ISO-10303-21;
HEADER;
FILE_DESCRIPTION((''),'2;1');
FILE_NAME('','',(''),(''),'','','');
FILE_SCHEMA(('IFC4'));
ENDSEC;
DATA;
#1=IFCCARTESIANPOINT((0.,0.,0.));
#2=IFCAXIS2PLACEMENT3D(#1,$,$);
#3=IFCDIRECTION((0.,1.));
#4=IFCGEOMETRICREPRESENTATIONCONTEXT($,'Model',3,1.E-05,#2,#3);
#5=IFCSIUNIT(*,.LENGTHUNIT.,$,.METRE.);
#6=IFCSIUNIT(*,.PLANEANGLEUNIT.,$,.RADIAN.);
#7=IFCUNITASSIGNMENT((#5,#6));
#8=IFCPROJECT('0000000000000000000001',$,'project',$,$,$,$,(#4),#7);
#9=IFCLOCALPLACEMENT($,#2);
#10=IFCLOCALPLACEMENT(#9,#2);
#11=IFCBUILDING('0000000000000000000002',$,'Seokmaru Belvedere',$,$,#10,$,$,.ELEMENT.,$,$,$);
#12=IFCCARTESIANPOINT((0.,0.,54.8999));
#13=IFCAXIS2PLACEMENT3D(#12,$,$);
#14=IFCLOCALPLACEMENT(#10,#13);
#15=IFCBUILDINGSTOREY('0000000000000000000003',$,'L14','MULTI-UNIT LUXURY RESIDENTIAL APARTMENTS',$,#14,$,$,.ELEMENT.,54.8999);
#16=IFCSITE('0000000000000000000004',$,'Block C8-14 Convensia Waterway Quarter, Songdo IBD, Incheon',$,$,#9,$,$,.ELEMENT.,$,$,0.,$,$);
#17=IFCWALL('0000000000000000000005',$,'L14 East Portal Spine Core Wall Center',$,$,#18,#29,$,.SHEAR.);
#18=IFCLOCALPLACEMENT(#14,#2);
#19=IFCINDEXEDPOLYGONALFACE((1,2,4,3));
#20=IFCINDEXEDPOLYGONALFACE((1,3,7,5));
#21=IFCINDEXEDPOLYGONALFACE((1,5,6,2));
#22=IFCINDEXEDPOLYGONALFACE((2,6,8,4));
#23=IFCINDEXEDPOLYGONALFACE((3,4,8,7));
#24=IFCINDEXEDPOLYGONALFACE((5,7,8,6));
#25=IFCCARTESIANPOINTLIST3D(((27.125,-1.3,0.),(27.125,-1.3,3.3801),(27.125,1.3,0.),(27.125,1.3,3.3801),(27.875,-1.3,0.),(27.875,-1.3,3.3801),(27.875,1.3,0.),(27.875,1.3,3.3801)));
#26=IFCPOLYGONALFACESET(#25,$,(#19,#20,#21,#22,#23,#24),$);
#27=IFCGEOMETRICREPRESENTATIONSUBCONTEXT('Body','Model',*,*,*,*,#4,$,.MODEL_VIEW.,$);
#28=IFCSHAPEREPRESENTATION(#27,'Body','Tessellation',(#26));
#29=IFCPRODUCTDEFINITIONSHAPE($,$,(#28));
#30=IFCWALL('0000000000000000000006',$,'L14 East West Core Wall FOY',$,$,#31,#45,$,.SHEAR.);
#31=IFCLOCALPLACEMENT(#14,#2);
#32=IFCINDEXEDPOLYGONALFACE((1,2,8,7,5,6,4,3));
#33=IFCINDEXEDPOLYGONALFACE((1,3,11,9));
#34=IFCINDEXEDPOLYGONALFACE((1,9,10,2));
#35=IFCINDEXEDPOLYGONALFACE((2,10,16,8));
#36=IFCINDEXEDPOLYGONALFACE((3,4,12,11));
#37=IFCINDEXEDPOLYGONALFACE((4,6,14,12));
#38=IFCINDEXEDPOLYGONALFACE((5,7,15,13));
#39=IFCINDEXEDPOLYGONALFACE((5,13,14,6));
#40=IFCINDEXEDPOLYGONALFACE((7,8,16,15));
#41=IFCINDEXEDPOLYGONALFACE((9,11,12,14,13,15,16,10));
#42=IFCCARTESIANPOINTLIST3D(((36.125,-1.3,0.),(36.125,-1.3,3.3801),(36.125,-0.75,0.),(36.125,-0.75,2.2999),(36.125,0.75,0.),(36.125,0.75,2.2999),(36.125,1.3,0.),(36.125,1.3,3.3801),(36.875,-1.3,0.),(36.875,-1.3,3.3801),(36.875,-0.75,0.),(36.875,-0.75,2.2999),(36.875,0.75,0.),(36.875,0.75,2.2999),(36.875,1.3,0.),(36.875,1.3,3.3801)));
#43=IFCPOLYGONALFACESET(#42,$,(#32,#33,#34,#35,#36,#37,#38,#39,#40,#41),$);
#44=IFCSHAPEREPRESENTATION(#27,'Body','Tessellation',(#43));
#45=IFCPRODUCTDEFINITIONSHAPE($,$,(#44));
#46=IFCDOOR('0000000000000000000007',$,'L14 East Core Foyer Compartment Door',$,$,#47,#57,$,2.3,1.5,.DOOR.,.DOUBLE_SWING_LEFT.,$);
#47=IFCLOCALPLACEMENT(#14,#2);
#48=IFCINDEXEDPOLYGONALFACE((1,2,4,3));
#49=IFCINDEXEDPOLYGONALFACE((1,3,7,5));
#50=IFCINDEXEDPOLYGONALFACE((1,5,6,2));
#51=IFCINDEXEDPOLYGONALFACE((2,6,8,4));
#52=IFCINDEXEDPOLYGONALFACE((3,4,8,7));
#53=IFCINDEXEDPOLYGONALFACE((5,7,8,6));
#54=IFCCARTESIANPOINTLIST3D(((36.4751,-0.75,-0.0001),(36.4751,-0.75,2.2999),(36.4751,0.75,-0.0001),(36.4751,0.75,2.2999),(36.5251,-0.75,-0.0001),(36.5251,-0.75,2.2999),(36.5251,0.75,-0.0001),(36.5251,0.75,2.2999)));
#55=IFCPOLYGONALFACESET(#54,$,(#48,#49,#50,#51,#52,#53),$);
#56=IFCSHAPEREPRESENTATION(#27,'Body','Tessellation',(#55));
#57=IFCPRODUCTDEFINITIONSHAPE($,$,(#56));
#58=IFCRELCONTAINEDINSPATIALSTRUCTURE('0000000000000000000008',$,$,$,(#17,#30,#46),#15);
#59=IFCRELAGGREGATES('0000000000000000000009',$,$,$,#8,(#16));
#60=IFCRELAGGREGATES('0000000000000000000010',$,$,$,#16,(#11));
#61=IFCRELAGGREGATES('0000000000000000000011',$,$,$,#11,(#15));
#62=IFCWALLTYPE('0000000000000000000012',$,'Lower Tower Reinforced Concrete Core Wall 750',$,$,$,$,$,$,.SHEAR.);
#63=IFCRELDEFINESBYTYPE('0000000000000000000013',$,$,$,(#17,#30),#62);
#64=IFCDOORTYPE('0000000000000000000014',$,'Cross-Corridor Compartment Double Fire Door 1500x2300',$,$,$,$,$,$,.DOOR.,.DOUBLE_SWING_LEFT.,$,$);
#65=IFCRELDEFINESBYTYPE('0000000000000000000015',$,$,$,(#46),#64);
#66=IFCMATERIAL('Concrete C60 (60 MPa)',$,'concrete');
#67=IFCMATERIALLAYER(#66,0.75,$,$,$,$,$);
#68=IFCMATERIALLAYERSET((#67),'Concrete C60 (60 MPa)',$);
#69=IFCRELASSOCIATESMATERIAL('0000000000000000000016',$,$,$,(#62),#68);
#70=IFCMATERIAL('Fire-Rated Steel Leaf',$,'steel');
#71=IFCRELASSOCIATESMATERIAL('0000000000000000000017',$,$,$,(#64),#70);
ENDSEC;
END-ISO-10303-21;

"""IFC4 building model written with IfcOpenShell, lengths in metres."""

from ifc_helpers import new_model, si_unit, direction, frame, frame_2d, origin, place, context, subcontext, project, spatial, rectangle, extrude, source, transform, mapped, material, layer, layer_set, type_object, type_shapes, element, fill, save


model = new_model("IFC4")

# Units and contexts
model_context = context("Model", 3, precision=1e-05, world=origin(), true_north=direction((0.0, 1.0)))
body_context = subcontext(model_context, "Body", "Model", "MODEL_VIEW")
ifc_project = project(units=[si_unit("LENGTHUNIT", "METRE"), si_unit("PLANEANGLEUNIT", "RADIAN")], contexts=[model_context])

# Site, building, storey
site_placement = place(None, origin())
site = spatial("IfcSite", under=ifc_project, at=site_placement, Name="Block C8-14 Convensia Waterway Quarter, Songdo IBD, Incheon", CompositionType="ELEMENT", RefElevation=0.0)
building_placement = place(site_placement, origin())
building = spatial("IfcBuilding", under=site, at=building_placement, Name="Seokmaru Belvedere", CompositionType="ELEMENT")
storey_placement = place(building_placement, frame((0.0, 0.0, 54.8999)))
storey = spatial("IfcBuildingStorey", under=building, at=storey_placement, Name="L14", Description="MULTI-UNIT LUXURY RESIDENTIAL APARTMENTS", CompositionType="ELEMENT", Elevation=54.8999)

# Shared definitions
ifc_material_1 = material(Name="Fire-Rated Steel Leaf", Category="steel")

# Wall
ifc_material_2 = material(Name="Concrete C60 (60 MPa)", Category="concrete")
ifc_layer_1 = layer(ifc_material_2, 0.75)
ifc_layer_set_1 = layer_set([ifc_layer_1], Name="Concrete C60 (60 MPa)")
wall_type_1 = type_object("IfcWallType", Name="Lower Tower Reinforced Concrete Core Wall 750", PredefinedType="SHEAR", material=ifc_layer_set_1)
wall_1_placement = place(storey_placement, frame((27.5, -1.3, 0.0), z_axis=(0.0, 0.0, 1.0), x_axis=(0.0, 1.0, 0.0)))
element("IfcWall", 1, at=wall_1_placement, inside=storey, type_object=wall_type_1, Name="L14 East Portal Spine Core Wall Center", PredefinedType="SHEAR", context=body_context, shape_type="SweptSolid", body=[
    extrude(rectangle(XDim=2.6001, YDim=0.75, at=frame_2d((1.3, 0.0))), origin(), (0.0, 0.0, 1.0), 3.3801),
])

# Wall, opening, door
wall_2_placement = place(storey_placement, frame((36.5, -1.3, 0.0), z_axis=(0.0, 0.0, 1.0), x_axis=(0.0, 1.0, 0.0)))
wall_2 = element("IfcWall", 2, at=wall_2_placement, inside=storey, type_object=wall_type_1, Name="L14 East West Core Wall FOY", PredefinedType="SHEAR", context=body_context, shape_type="SweptSolid", body=[
    extrude(rectangle(XDim=2.6001, YDim=0.75, at=frame_2d((1.3, 0.0))), origin(), (0.0, 0.0, 1.0), 3.3801),
])
opening_1_placement = place(wall_2_placement, frame((0.55, 0.0, 0.0)))
opening_1 = element("IfcOpeningElement", 3, at=opening_1_placement, cuts=wall_2, PredefinedType="OPENING", context=body_context, shape_type="SweptSolid", body=[
    extrude(rectangle(XDim=1.5, YDim=2.3, at=frame_2d((0.75, 1.1499))), frame((0.0, 0.385, 0.0), z_axis=(0.0, -1.0, 0.0), x_axis=(1.0, 0.0, 0.0)), (0.0, 0.0, 1.0), 0.77),
])
door_type_1 = type_object("IfcDoorType", Name="Cross-Corridor Compartment Double Fire Door 1500x2300", OperationType="DOUBLE_SWING_LEFT", PredefinedType="DOOR", material=ifc_material_1)
shared_shape_1 = source(origin(), body_context, "Body", "SweptSolid", [
    extrude(rectangle(XDim=1.5, YDim=2.3, at=frame_2d((0.75, 1.1499))), frame((0.0, 0.0249, 0.0), z_axis=(0.0, -1.0, 0.0), x_axis=(1.0, 0.0, 0.0)), (0.0, 0.0, 1.0), 0.05),
])
type_shapes(door_type_1, [shared_shape_1])
door_1_placement = place(opening_1_placement, origin())
door_1 = element("IfcDoor", 4, at=door_1_placement, inside=storey, type_object=door_type_1, Name="L14 East Core Foyer Compartment Door", OperationType="DOUBLE_SWING_LEFT", OverallHeight=2.3, OverallWidth=1.5, PredefinedType="DOOR", context=body_context, shape_type="MappedRepresentation", body=[
    mapped(shared_shape_1, transform((0.0, 0.0, 0.0), scale=1.0)),
])
fill(opening_1, door_1)

save(model, "model.ifc")
